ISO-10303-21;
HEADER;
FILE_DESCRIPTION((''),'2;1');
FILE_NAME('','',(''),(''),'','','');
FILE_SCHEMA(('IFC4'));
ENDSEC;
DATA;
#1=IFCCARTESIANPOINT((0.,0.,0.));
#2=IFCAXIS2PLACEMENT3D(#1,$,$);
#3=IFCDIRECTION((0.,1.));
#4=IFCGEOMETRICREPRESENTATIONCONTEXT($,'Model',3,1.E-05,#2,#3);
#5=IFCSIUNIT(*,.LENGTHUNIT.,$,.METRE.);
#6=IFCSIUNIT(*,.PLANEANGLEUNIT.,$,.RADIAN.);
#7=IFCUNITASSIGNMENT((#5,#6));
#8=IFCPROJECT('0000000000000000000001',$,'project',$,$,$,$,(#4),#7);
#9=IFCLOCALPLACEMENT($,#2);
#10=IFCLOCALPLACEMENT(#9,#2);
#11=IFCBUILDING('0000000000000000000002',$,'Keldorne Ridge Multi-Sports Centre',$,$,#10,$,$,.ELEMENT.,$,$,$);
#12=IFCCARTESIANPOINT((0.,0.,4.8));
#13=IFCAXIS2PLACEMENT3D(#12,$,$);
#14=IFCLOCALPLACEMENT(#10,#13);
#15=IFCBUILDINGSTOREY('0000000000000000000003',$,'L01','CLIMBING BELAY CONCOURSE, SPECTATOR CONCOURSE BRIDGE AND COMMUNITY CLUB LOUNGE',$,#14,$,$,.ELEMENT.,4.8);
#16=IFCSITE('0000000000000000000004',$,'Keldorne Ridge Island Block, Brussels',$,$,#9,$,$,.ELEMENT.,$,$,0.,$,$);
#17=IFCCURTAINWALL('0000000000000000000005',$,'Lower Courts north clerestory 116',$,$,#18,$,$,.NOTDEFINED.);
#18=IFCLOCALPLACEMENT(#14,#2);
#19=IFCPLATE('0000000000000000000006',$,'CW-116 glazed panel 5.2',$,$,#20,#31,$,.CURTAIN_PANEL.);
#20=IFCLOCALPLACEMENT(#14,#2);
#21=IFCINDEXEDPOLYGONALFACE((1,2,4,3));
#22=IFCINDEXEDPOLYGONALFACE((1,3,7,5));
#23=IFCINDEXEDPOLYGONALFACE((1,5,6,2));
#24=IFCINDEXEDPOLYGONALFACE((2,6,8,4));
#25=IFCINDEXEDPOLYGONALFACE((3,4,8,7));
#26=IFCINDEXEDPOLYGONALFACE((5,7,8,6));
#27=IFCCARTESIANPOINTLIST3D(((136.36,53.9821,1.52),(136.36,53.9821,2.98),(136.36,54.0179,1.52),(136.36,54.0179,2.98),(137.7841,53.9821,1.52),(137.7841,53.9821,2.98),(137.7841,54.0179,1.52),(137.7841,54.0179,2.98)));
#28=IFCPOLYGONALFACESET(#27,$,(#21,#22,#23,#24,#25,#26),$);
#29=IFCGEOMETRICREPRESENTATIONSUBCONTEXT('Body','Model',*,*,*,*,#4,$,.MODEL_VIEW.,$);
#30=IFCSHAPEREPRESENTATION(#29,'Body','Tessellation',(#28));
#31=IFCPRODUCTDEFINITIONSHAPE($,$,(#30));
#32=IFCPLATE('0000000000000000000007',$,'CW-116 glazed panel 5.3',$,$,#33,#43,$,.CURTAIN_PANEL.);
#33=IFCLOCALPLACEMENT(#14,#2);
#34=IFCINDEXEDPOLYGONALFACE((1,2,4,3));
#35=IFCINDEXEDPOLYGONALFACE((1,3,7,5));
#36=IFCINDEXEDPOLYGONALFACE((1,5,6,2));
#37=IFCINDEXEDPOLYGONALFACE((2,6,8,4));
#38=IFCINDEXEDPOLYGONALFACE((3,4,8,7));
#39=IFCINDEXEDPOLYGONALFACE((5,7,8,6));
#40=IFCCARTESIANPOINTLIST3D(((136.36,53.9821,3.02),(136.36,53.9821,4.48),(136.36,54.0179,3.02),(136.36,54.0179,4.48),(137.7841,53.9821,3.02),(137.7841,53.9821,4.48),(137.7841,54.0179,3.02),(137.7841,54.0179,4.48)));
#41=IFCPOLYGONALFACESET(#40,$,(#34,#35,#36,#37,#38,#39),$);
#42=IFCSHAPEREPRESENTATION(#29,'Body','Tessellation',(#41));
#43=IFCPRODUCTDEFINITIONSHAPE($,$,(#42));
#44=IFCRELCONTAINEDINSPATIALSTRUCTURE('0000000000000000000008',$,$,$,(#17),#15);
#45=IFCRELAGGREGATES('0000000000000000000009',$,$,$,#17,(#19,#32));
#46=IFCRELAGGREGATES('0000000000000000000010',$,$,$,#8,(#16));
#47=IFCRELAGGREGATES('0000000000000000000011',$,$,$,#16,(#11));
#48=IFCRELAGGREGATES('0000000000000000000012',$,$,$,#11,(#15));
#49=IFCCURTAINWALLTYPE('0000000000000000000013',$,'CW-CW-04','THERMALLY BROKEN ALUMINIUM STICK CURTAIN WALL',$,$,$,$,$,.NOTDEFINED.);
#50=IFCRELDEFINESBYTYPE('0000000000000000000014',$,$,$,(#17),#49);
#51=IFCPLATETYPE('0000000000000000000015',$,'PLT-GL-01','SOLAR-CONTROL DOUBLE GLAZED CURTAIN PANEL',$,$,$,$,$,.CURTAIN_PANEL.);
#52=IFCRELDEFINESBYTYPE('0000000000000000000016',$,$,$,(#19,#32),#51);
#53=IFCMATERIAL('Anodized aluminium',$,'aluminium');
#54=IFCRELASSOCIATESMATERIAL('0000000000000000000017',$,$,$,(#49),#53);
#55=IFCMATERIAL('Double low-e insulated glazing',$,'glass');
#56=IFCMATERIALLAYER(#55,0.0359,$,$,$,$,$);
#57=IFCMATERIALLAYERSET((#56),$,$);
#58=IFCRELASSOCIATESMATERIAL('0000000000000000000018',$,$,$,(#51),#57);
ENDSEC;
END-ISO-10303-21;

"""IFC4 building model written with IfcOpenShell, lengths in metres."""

from ifc_helpers import new_model, si_unit, direction, frame, origin, origin_2d, place, context, subcontext, project, spatial, rectangle, extrude, material, layer, layer_set, type_object, element, aggregate, save


model = new_model("IFC4")

# Units and contexts
model_context = context("Model", 3, precision=1e-05, world=origin(), true_north=direction((0.0, 1.0)))
body_context = subcontext(model_context, "Body", "Model", "MODEL_VIEW")
ifc_project = project(units=[si_unit("LENGTHUNIT", "METRE"), si_unit("PLANEANGLEUNIT", "RADIAN")], contexts=[model_context])

# Site, building, storey
site_placement = place(None, origin())
site = spatial("IfcSite", under=ifc_project, at=site_placement, Name="Keldorne Ridge Island Block, Brussels", CompositionType="ELEMENT", RefElevation=0.0)
building_placement = place(site_placement, origin())
building = spatial("IfcBuilding", under=site, at=building_placement, Name="Keldorne Ridge Multi-Sports Centre", CompositionType="ELEMENT")
storey_placement = place(building_placement, frame((0.0, 0.0, 4.8)))
storey = spatial("IfcBuildingStorey", under=building, at=storey_placement, Name="L01", Description="CLIMBING BELAY CONCOURSE, SPECTATOR CONCOURSE BRIDGE AND COMMUNITY CLUB LOUNGE", CompositionType="ELEMENT", Elevation=4.8)

# Shared definitions
ifc_material_1 = material(Name="Anodized aluminium", Category="aluminium")

# Curtain wall
curtain_wall_type_1 = type_object("IfcCurtainWallType", Name="CW-CW-04", Description="THERMALLY BROKEN ALUMINIUM STICK CURTAIN WALL", PredefinedType="NOTDEFINED", material=ifc_material_1)
curtain_wall_1_placement = place(storey_placement, origin())
curtain_wall_1 = element("IfcCurtainWall", 1, at=curtain_wall_1_placement, inside=storey, type_object=curtain_wall_type_1, Name="Lower Courts north clerestory 116", PredefinedType="NOTDEFINED")

# Plates
ifc_material_2 = material(Name="Double low-e insulated glazing", Category="glass")
ifc_layer = layer(ifc_material_2, 0.0359)
ifc_layer_set = layer_set([ifc_layer])
plate_type = type_object("IfcPlateType", Name="PLT-GL-01", Description="SOLAR-CONTROL DOUBLE GLAZED CURTAIN PANEL", PredefinedType="CURTAIN_PANEL", material=ifc_layer_set)
plate_1_placement = place(storey_placement, frame((137.072, 54.0, 1.52), z_axis=(0.0, 0.0, 1.0), x_axis=(-1.0, 0.0, 0.0)))
plate_1 = element("IfcPlate", 2, at=plate_1_placement, type_object=plate_type, Name="CW-116 glazed panel 5.2", PredefinedType="CURTAIN_PANEL", context=body_context, shape_type="SweptSolid", body=[
    extrude(rectangle(XDim=1.4241, YDim=0.0359, at=origin_2d()), origin(), (0.0, 0.0, 1.0), 1.46),
])
plate_2_placement = place(storey_placement, frame((137.072, 54.0, 3.02), z_axis=(0.0, 0.0, 1.0), x_axis=(-1.0, 0.0, 0.0)))
plate_2 = element("IfcPlate", 3, at=plate_2_placement, type_object=plate_type, Name="CW-116 glazed panel 5.3", PredefinedType="CURTAIN_PANEL", context=body_context, shape_type="SweptSolid", body=[
    extrude(rectangle(XDim=1.4241, YDim=0.0359, at=origin_2d()), origin(), (0.0, 0.0, 1.0), 1.46),
])
aggregate(curtain_wall_1, [plate_1, plate_2])

save(model, "model.ifc")
